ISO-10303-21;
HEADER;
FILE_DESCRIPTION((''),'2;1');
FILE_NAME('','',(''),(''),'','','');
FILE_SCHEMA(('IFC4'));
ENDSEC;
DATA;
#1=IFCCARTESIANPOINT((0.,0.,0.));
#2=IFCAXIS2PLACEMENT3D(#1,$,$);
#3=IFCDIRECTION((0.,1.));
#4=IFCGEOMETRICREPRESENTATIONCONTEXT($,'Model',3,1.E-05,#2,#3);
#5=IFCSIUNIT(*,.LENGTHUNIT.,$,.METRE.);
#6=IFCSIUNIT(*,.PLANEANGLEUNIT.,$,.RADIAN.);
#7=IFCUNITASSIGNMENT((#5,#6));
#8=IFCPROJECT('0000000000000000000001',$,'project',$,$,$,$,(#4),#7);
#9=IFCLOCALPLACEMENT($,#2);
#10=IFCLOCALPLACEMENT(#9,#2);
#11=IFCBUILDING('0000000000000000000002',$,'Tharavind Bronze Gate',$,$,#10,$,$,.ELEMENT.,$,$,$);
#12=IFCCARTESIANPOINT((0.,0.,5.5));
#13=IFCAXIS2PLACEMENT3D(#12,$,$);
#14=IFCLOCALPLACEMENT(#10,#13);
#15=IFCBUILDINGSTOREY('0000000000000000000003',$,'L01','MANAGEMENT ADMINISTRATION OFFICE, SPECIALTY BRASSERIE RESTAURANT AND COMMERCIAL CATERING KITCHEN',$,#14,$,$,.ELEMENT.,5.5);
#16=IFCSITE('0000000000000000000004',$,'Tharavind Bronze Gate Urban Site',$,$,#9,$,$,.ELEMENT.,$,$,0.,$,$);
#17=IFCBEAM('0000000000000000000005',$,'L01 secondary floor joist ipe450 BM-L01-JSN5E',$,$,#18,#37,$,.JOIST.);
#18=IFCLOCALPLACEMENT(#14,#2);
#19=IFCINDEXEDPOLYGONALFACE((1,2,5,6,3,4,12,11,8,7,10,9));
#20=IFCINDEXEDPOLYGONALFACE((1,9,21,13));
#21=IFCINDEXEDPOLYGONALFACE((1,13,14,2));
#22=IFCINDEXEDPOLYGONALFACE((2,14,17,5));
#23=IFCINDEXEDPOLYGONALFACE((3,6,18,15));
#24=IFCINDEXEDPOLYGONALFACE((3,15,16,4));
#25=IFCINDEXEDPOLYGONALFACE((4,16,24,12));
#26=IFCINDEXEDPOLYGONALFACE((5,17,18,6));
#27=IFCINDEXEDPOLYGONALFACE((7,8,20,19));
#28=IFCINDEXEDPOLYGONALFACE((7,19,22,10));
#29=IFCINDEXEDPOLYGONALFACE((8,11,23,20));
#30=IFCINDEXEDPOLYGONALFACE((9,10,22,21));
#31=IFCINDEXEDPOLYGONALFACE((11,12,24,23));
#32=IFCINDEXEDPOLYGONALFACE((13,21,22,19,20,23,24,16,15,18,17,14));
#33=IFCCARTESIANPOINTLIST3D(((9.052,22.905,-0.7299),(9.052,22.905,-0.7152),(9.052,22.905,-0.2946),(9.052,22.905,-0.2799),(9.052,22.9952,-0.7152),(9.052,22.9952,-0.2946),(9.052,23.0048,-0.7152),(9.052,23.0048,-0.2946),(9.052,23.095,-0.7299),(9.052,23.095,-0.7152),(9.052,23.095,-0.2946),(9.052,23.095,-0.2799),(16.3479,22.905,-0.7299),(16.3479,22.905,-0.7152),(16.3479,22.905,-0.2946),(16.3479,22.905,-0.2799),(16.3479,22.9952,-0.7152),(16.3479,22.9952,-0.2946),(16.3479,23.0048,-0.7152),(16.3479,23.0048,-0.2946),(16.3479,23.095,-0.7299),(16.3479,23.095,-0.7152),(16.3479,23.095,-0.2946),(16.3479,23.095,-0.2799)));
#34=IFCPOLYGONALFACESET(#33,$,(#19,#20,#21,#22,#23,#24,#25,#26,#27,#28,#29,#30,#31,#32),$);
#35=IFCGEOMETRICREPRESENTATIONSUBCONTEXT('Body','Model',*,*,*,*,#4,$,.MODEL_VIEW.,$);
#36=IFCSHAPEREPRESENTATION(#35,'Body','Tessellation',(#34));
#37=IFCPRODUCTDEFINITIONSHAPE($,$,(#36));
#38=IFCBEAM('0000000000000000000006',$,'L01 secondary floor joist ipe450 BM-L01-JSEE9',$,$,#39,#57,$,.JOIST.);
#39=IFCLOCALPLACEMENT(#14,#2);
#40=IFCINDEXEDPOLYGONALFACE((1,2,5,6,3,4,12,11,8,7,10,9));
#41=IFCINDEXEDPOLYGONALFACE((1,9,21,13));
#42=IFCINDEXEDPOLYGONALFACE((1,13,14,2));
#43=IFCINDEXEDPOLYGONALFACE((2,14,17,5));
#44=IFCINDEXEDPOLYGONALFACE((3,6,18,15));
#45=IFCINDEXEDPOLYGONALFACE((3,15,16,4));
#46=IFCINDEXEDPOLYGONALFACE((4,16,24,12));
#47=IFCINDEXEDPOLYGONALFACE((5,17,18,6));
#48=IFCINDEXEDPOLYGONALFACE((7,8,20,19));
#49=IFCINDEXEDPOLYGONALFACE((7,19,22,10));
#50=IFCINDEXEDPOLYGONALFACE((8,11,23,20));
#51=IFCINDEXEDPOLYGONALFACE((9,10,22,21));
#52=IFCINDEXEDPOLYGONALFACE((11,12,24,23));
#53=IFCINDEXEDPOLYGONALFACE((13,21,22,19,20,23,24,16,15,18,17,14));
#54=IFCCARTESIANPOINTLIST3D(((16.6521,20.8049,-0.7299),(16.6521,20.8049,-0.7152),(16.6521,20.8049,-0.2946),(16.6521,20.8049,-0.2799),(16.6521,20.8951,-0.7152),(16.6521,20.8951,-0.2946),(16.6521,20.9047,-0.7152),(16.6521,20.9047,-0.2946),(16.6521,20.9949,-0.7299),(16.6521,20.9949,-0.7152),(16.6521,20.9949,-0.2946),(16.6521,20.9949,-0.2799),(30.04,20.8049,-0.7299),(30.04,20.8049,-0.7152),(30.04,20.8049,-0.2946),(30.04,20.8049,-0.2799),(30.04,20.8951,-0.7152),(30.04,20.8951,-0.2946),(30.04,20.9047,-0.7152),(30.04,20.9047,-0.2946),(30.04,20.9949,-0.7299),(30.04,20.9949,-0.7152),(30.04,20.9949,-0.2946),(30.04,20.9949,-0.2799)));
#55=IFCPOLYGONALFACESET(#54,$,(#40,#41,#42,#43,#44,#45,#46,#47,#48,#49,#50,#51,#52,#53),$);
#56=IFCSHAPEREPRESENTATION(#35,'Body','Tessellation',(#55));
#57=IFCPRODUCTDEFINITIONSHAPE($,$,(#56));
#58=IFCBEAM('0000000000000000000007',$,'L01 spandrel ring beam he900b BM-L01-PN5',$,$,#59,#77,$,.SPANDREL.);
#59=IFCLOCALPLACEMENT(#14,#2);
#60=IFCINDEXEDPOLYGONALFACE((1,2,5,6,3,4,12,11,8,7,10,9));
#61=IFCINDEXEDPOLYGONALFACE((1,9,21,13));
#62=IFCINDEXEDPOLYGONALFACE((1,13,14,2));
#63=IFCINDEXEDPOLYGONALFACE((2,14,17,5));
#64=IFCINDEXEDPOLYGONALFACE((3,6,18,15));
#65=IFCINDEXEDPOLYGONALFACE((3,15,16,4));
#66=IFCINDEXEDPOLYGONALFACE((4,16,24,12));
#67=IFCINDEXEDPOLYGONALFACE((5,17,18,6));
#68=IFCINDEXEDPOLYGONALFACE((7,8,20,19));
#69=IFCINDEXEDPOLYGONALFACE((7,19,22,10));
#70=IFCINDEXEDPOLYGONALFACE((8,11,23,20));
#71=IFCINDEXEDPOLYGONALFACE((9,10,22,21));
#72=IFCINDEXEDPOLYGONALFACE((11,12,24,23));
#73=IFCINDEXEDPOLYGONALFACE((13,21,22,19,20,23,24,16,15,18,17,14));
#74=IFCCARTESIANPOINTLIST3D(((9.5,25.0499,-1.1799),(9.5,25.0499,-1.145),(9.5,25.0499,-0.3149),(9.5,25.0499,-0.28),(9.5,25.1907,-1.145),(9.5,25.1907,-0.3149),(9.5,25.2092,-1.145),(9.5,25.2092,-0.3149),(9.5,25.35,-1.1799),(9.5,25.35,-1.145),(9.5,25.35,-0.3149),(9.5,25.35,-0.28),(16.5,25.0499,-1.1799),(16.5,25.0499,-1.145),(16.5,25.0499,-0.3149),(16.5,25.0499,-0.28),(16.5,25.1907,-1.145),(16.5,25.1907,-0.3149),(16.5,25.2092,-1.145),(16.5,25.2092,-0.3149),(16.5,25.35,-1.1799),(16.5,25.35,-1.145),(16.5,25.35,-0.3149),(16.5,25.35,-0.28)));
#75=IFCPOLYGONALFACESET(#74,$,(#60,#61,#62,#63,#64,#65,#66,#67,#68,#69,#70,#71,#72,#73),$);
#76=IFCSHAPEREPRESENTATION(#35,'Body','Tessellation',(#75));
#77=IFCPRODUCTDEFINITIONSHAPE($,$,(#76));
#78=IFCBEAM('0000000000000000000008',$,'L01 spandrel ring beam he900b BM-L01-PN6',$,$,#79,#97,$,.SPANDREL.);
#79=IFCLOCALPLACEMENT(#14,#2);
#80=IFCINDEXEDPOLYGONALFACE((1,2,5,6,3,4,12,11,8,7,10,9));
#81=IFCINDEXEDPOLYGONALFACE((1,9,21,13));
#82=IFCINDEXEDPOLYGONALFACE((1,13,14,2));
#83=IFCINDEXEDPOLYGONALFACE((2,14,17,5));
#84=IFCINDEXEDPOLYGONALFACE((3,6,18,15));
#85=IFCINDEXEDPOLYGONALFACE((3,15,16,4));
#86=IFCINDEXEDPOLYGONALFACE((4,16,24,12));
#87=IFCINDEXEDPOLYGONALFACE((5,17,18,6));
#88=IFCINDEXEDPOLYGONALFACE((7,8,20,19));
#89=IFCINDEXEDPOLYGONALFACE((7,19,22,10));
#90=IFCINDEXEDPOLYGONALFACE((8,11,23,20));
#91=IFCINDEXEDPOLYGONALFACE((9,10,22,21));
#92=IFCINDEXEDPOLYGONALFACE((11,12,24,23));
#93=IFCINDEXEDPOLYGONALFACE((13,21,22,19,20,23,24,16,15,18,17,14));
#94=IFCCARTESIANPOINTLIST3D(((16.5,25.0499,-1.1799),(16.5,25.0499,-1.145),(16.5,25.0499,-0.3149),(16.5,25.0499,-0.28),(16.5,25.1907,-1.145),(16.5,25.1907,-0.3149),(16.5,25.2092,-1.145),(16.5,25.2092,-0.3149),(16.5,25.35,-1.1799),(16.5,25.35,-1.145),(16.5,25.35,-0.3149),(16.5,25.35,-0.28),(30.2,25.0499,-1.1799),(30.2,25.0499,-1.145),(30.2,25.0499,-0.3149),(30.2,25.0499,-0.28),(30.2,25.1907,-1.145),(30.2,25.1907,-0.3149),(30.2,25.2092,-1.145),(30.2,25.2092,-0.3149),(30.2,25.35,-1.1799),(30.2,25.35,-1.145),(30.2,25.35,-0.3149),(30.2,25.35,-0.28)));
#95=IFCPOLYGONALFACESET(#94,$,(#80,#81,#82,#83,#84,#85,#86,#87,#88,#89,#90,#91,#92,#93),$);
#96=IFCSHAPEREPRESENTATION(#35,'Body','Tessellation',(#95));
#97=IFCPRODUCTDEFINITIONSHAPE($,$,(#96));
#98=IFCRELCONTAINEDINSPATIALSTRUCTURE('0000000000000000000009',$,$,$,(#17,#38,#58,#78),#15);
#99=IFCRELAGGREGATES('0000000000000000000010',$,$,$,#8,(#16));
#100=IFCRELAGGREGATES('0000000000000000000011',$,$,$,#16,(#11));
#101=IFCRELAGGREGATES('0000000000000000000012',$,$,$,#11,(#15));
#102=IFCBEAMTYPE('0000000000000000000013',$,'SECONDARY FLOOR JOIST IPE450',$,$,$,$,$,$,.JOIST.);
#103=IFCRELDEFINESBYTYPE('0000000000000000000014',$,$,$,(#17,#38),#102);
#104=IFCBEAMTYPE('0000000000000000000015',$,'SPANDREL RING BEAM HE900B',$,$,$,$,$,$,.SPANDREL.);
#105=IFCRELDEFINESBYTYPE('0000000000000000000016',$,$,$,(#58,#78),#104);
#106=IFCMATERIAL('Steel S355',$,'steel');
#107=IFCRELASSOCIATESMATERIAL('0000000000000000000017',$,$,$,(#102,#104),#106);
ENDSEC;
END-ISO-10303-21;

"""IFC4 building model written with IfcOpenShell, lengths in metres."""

from ifc_helpers import new_model, si_unit, direction, frame, origin, origin_2d, place, context, subcontext, project, spatial, i_section, extrude, material, material_profile, profile_set, type_object, element, save


model = new_model("IFC4")

# Units and contexts
model_context = context("Model", 3, precision=1e-05, world=origin(), true_north=direction((0.0, 1.0)))
body_context = subcontext(model_context, "Body", "Model", "MODEL_VIEW")
ifc_project = project(units=[si_unit("LENGTHUNIT", "METRE"), si_unit("PLANEANGLEUNIT", "RADIAN")], contexts=[model_context])

# Site, building, storey
site_placement = place(None, origin())
site = spatial("IfcSite", under=ifc_project, at=site_placement, Name="Tharavind Bronze Gate Urban Site", CompositionType="ELEMENT", RefElevation=0.0)
building_placement = place(site_placement, origin())
building = spatial("IfcBuilding", under=site, at=building_placement, Name="Tharavind Bronze Gate", CompositionType="ELEMENT")
storey_placement = place(building_placement, frame((0.0, 0.0, 5.5)))
storey = spatial("IfcBuildingStorey", under=building, at=storey_placement, Name="L01", Description="MANAGEMENT ADMINISTRATION OFFICE, SPECIALTY BRASSERIE RESTAURANT AND COMMERCIAL CATERING KITCHEN", CompositionType="ELEMENT", Elevation=5.5)

# Beams
ifc_material_1 = material(Name="Steel S355", Category="steel")
ifc_material_profile_1 = material_profile(ifc_material_1, i_section(OverallWidth=0.1899, OverallDepth=0.45, WebThickness=0.0095, FlangeThickness=0.0146, at=origin_2d()), Name="IPE450")
ifc_profile_set_1 = profile_set([ifc_material_profile_1], Name="Steel S355")
beam_type_1 = type_object("IfcBeamType", Name="SECONDARY FLOOR JOIST IPE450", PredefinedType="JOIST", material=ifc_profile_set_1)
for number, where, z_axis, x_axis, name in (
    (1, (9.052, 23.0, -0.5049), (1.0, 0.0, 0.0), (0.0, 1.0, 0.0), "L01 secondary floor joist ipe450 BM-L01-JSN5E"),
):
    element("IfcBeam", number, at=place(storey_placement, frame(where, z_axis=z_axis, x_axis=x_axis)), inside=storey, type_object=beam_type_1, Name=name, PredefinedType="JOIST", context=body_context, shape_type="SweptSolid", body=[
        extrude(i_section(OverallWidth=0.1899, OverallDepth=0.45, WebThickness=0.0095, FlangeThickness=0.0146, at=origin_2d()), origin(), (0.0, 0.0, 1.0), 7.2959),
    ])
beam_1_placement = place(storey_placement, frame((16.6521, 20.8999, -0.5049), z_axis=(1.0, 0.0, 0.0), x_axis=(0.0, 1.0, 0.0)))
element("IfcBeam", 2, at=beam_1_placement, inside=storey, type_object=beam_type_1, Name="L01 secondary floor joist ipe450 BM-L01-JSEE9", PredefinedType="JOIST", context=body_context, shape_type="SweptSolid", body=[
    extrude(i_section(OverallWidth=0.1899, OverallDepth=0.45, WebThickness=0.0095, FlangeThickness=0.0146, at=origin_2d()), origin(), (0.0, 0.0, 1.0), 13.3879),
])
ifc_material_profile_2 = material_profile(ifc_material_1, i_section(OverallWidth=0.3, OverallDepth=0.8999, WebThickness=0.0186, FlangeThickness=0.0349, at=origin_2d()), Name="HE900B")
ifc_profile_set_2 = profile_set([ifc_material_profile_2], Name="Steel S355")
beam_type_2 = type_object("IfcBeamType", Name="SPANDREL RING BEAM HE900B", PredefinedType="SPANDREL", material=ifc_profile_set_2)
beam_2_placement = place(storey_placement, frame((9.5, 25.2, -0.73), z_axis=(1.0, 0.0, 0.0), x_axis=(0.0, 1.0, 0.0)))
element("IfcBeam", 3, at=beam_2_placement, inside=storey, type_object=beam_type_2, Name="L01 spandrel ring beam he900b BM-L01-PN5", PredefinedType="SPANDREL", context=body_context, shape_type="SweptSolid", body=[
    extrude(i_section(OverallWidth=0.3, OverallDepth=0.8999, WebThickness=0.0186, FlangeThickness=0.0349, at=origin_2d()), origin(), (0.0, 0.0, 1.0), 7.0),
])
beam_3_placement = place(storey_placement, frame((16.5, 25.2, -0.73), z_axis=(1.0, 0.0, 0.0), x_axis=(0.0, 1.0, 0.0)))
element("IfcBeam", 4, at=beam_3_placement, inside=storey, type_object=beam_type_2, Name="L01 spandrel ring beam he900b BM-L01-PN6", PredefinedType="SPANDREL", context=body_context, shape_type="SweptSolid", body=[
    extrude(i_section(OverallWidth=0.3, OverallDepth=0.8999, WebThickness=0.0186, FlangeThickness=0.0349, at=origin_2d()), origin(), (0.0, 0.0, 1.0), 13.7),
])

save(model, "model.ifc")
